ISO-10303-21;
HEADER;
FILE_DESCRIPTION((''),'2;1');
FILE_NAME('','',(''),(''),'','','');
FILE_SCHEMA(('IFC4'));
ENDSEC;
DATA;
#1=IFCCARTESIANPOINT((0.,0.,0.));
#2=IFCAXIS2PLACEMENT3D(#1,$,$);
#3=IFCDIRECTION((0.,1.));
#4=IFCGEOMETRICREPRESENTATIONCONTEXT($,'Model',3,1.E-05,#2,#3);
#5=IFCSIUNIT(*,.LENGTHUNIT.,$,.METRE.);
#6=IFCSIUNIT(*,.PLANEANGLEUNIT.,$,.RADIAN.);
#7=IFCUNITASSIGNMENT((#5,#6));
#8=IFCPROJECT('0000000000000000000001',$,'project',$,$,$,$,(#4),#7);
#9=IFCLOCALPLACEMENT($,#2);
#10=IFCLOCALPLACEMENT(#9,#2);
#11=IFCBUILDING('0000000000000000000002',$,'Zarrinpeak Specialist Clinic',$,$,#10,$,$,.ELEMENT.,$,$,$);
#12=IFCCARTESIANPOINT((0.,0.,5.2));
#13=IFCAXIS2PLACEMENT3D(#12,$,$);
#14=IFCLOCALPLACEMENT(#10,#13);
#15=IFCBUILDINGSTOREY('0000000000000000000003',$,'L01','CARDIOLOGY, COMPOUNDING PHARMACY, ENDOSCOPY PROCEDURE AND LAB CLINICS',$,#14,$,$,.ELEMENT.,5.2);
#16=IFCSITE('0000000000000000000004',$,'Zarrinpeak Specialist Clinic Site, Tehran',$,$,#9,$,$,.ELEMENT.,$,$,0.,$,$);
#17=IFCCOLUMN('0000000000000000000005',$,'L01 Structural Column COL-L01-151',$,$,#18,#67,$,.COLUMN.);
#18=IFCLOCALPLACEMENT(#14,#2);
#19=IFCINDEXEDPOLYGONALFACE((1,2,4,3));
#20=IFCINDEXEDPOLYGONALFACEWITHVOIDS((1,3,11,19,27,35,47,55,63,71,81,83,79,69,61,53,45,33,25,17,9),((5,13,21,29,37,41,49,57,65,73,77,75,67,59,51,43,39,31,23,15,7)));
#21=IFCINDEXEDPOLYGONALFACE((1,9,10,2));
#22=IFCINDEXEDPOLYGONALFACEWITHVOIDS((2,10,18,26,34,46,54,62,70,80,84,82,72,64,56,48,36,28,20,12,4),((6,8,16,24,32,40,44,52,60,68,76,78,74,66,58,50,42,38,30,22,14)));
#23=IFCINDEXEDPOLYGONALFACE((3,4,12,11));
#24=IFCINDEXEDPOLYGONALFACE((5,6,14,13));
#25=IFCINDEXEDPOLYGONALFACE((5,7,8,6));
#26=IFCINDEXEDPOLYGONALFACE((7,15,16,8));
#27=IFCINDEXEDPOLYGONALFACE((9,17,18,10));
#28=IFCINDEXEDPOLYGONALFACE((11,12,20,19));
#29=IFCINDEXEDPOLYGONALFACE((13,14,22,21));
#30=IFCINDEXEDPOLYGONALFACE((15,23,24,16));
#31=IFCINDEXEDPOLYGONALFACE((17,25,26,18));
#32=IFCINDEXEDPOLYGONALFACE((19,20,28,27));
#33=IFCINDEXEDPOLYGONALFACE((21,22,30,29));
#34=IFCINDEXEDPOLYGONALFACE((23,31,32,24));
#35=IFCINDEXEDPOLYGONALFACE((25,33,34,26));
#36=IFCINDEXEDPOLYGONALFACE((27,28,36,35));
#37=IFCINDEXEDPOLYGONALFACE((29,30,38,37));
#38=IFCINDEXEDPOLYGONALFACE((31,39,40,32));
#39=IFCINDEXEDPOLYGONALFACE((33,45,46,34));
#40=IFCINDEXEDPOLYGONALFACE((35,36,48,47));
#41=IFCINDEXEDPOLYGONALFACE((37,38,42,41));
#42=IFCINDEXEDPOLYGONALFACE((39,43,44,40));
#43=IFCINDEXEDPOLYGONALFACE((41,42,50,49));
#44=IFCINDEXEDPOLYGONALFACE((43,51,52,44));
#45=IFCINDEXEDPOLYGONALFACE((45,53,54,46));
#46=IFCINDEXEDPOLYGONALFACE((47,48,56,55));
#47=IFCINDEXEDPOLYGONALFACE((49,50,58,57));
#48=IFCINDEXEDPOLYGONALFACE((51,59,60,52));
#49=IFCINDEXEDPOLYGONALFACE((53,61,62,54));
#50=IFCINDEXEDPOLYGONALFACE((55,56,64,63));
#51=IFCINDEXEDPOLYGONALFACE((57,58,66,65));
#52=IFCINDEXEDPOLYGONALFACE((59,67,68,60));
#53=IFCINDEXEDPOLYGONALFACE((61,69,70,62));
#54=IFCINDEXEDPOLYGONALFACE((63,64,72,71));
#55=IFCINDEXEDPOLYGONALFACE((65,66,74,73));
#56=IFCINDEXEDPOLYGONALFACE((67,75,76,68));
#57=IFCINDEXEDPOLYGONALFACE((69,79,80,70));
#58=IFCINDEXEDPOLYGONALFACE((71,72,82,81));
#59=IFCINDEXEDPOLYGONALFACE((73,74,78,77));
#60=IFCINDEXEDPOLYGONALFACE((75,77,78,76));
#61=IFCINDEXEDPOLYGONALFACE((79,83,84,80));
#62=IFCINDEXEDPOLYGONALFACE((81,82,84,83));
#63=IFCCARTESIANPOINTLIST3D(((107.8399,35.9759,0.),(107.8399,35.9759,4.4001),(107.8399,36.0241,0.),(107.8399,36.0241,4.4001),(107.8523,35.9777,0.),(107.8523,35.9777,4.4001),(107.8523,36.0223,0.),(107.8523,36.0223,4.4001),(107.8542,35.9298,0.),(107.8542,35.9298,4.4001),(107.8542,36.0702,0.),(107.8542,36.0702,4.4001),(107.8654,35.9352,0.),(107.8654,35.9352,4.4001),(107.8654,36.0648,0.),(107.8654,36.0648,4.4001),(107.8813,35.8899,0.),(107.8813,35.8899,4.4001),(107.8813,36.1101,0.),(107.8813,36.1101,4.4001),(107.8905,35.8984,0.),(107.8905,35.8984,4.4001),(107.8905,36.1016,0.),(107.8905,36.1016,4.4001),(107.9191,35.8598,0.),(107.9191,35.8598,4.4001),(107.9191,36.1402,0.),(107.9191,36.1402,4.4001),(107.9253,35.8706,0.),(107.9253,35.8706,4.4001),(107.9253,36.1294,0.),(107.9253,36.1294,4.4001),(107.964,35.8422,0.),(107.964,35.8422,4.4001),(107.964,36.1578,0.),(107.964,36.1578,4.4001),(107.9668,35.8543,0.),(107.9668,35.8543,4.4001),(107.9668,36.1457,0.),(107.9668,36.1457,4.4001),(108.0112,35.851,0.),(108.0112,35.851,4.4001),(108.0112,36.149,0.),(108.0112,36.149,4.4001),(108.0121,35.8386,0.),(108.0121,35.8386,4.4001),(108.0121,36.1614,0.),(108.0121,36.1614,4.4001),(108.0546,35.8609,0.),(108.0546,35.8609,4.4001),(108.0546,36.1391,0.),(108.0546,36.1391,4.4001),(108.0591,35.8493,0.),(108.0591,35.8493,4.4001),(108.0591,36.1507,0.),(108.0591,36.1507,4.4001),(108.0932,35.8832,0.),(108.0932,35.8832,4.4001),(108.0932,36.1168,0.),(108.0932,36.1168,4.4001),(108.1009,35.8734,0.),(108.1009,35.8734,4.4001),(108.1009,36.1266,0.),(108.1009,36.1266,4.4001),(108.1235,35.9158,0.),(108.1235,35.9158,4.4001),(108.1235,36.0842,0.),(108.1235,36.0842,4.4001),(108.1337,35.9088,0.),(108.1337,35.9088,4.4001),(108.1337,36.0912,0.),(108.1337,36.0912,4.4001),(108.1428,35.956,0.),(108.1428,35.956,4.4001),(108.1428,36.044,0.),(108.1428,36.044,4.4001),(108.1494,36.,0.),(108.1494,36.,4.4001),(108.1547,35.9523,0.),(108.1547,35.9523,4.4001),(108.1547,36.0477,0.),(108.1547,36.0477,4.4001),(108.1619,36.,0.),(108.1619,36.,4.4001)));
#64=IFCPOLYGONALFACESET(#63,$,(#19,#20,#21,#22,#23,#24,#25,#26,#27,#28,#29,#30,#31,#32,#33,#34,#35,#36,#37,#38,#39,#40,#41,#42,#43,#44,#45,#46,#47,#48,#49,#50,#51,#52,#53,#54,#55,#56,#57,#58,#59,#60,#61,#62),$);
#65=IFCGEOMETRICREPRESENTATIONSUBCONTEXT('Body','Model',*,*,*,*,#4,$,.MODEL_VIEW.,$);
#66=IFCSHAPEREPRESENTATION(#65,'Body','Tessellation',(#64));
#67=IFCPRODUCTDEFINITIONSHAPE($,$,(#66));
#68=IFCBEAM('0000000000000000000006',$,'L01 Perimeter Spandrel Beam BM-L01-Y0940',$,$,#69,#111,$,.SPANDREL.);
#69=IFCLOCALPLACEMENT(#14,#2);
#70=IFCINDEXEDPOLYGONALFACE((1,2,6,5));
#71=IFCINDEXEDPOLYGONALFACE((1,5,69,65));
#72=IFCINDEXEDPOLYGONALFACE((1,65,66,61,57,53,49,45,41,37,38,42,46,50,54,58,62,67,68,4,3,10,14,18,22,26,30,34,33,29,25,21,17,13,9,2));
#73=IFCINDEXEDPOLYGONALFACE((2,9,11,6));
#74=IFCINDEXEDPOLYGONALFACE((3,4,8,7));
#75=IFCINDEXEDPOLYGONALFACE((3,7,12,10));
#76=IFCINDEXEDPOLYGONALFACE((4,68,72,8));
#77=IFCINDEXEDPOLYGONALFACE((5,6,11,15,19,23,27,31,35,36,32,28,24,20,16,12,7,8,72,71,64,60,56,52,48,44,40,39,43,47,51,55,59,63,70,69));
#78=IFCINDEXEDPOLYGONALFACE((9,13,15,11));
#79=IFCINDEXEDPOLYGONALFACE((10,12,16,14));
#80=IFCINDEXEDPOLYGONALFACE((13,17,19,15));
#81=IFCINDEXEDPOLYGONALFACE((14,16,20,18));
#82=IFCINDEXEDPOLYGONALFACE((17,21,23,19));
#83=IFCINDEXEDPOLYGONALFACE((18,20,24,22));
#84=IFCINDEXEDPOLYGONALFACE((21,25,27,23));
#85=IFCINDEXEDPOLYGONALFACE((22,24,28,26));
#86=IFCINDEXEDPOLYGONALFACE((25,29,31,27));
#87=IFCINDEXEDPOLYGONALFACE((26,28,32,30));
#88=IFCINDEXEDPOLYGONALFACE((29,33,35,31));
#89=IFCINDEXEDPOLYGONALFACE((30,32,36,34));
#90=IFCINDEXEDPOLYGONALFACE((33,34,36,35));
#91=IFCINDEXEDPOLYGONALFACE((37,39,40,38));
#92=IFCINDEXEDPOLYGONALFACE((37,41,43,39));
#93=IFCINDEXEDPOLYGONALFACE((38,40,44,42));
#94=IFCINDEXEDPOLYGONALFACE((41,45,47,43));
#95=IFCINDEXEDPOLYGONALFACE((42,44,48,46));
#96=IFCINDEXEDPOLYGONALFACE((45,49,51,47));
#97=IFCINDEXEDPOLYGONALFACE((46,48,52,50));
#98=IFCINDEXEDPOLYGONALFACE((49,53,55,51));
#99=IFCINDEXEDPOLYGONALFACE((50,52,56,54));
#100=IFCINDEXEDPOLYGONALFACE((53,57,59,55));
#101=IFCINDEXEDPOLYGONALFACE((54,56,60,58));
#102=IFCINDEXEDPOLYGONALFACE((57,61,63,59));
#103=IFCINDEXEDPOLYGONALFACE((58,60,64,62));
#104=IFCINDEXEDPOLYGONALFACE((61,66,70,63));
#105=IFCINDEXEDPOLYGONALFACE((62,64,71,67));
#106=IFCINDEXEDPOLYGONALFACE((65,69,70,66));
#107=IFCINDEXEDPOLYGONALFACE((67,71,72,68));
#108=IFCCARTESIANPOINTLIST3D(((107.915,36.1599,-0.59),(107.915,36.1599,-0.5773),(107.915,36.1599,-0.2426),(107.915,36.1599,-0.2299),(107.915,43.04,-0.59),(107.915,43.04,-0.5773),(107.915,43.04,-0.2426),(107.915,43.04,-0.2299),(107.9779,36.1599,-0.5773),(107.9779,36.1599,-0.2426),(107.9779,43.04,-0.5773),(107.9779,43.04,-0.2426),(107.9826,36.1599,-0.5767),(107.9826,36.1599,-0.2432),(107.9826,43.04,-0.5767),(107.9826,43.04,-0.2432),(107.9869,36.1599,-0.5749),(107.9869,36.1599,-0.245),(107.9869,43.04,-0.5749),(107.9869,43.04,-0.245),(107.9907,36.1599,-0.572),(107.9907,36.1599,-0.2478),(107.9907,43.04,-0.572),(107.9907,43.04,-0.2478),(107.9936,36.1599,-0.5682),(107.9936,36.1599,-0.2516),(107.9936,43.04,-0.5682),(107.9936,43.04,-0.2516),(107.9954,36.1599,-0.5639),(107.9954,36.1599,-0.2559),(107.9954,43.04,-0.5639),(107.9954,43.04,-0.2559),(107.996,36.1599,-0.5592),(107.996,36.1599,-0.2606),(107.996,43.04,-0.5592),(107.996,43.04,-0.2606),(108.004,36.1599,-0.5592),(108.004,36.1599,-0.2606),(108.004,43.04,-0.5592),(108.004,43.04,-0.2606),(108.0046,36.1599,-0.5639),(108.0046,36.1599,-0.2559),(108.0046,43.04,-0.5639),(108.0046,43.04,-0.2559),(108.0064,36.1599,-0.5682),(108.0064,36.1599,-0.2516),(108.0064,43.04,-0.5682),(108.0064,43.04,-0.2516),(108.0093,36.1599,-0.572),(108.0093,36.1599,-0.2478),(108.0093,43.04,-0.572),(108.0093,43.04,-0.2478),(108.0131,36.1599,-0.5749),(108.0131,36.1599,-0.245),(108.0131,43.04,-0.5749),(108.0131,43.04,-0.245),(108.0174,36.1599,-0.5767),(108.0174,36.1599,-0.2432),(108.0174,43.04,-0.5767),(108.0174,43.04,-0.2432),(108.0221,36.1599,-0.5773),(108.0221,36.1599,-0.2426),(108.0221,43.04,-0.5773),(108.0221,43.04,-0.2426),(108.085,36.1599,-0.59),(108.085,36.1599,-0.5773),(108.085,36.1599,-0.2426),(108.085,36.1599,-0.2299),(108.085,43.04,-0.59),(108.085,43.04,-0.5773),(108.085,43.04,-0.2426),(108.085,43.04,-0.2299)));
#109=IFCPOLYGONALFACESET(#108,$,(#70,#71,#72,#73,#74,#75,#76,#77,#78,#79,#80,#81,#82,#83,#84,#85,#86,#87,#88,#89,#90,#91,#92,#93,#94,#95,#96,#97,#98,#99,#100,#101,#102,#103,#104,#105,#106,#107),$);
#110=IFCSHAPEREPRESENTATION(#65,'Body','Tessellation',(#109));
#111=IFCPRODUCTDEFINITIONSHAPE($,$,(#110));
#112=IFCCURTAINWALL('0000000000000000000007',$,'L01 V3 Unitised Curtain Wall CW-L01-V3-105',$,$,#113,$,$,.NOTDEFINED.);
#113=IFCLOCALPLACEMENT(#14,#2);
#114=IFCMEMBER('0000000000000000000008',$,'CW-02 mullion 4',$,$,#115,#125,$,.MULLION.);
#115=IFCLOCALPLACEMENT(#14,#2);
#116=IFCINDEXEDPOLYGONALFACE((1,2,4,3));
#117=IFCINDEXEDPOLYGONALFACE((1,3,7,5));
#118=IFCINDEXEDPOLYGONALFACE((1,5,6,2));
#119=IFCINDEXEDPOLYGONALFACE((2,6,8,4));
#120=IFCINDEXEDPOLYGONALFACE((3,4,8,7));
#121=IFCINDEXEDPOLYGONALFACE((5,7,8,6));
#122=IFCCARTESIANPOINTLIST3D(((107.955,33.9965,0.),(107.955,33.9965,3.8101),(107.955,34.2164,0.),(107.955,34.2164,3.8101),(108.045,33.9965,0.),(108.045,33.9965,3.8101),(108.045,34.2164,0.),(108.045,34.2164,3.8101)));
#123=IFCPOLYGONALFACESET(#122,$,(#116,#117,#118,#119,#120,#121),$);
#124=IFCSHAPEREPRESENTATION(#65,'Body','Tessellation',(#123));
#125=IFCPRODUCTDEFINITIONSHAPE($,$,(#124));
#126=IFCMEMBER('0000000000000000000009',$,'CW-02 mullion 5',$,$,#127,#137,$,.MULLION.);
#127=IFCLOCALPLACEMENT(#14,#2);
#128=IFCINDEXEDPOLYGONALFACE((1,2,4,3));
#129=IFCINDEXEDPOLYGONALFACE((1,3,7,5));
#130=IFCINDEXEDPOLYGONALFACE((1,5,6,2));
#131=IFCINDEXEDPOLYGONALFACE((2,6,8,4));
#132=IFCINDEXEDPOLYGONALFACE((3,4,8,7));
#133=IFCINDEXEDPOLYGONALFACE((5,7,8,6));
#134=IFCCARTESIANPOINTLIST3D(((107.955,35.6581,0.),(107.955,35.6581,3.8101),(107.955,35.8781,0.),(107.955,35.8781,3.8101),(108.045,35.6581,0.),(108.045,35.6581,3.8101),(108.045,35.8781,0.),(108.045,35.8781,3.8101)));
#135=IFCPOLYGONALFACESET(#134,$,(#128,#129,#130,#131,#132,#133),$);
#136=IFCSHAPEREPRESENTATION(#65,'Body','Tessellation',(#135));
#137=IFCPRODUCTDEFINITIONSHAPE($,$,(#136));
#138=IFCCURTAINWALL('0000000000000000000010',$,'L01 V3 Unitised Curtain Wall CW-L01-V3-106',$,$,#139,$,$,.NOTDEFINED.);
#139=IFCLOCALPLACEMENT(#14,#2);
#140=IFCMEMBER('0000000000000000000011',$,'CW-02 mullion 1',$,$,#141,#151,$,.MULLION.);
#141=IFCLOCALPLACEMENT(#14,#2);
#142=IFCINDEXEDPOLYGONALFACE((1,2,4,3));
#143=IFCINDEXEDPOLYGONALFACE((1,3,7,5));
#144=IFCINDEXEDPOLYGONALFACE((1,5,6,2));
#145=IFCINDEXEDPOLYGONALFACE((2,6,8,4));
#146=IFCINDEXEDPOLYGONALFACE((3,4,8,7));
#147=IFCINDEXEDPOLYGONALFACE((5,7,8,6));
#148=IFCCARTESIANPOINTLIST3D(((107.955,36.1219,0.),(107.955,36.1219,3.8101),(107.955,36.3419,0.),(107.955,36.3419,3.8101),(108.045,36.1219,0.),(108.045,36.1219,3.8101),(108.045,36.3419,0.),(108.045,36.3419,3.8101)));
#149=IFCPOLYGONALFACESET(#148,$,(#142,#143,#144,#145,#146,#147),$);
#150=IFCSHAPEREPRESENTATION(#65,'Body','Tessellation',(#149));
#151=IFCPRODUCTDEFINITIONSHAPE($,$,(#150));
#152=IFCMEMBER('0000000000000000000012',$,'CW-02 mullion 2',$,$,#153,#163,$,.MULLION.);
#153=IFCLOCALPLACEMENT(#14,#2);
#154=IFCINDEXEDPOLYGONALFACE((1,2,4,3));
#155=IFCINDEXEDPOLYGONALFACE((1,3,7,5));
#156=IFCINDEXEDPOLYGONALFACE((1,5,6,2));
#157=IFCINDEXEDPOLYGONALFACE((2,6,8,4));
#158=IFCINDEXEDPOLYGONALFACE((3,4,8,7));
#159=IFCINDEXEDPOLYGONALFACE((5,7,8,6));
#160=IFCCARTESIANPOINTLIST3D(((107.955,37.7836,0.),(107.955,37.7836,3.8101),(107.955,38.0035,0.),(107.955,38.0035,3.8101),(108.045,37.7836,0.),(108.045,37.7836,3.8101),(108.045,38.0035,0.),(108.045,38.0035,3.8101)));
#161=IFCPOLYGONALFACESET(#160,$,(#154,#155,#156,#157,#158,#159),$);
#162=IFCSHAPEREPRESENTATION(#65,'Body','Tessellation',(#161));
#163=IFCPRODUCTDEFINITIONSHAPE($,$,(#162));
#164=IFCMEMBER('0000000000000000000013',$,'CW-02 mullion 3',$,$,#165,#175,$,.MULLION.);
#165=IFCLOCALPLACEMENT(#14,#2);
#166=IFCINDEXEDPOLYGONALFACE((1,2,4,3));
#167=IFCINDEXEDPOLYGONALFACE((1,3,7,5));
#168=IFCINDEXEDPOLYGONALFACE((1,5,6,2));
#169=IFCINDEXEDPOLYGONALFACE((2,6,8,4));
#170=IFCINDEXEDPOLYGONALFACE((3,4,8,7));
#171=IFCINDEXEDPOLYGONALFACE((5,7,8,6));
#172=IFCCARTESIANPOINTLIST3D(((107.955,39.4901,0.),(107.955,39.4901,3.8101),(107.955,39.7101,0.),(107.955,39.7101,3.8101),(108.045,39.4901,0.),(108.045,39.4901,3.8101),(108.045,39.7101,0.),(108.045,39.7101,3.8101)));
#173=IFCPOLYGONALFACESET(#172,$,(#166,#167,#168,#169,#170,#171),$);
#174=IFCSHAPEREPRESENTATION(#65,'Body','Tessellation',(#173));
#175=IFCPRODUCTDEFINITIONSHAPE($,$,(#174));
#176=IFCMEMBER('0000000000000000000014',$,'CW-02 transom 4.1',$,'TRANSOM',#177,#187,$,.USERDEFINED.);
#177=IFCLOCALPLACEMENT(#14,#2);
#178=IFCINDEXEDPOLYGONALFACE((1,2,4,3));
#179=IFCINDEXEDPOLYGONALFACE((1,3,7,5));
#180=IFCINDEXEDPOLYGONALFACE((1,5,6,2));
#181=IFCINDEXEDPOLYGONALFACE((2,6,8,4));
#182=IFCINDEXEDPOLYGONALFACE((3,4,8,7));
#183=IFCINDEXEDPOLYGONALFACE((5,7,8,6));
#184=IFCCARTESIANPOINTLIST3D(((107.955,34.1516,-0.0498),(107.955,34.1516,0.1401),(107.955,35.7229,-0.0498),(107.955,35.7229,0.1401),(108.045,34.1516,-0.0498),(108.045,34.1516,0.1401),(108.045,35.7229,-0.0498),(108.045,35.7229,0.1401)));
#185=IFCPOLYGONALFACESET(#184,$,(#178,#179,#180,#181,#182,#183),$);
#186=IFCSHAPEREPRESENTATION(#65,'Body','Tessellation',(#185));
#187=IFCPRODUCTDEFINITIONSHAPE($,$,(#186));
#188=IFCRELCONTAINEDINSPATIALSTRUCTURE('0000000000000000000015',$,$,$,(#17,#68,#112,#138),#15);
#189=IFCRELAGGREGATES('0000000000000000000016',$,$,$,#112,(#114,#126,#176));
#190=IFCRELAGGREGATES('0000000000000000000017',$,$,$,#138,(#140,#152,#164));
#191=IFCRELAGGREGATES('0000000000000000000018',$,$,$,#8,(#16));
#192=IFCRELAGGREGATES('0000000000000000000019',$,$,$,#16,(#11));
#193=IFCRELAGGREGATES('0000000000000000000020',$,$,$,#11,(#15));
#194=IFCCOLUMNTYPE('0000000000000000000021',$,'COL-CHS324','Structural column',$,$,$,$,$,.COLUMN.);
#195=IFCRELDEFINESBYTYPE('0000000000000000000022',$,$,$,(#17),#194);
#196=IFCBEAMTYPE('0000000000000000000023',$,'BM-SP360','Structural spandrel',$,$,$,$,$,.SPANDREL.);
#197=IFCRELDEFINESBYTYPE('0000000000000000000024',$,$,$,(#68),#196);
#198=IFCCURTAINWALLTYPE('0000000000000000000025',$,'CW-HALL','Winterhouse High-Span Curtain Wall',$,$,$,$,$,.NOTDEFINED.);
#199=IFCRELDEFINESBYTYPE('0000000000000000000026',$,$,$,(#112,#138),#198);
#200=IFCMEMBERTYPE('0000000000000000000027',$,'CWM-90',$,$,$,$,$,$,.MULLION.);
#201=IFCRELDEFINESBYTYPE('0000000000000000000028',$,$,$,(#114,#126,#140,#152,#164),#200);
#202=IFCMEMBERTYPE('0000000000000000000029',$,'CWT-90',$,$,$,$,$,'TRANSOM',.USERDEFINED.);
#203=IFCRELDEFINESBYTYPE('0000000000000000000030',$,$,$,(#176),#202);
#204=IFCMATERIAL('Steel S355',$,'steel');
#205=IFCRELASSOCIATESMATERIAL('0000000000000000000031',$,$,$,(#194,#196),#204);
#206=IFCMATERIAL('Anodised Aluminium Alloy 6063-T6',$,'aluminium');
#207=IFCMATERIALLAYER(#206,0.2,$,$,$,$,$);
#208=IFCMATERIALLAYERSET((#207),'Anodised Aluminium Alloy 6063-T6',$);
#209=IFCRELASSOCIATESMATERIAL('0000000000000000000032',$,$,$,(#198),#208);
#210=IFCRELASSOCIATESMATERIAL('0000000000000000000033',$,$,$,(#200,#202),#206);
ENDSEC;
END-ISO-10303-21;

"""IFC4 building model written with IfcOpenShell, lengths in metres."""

from ifc_helpers import new_model, si_unit, direction, frame, origin, origin_2d, place, context, subcontext, project, spatial, rectangle, hollow_circle, i_section, extrude, material, layer, layer_set, material_profile, profile_set, type_object, element, aggregate, save


model = new_model("IFC4")

# Units and contexts
model_context = context("Model", 3, precision=1e-05, world=origin(), true_north=direction((0.0, 1.0)))
body_context = subcontext(model_context, "Body", "Model", "MODEL_VIEW")
ifc_project = project(units=[si_unit("LENGTHUNIT", "METRE"), si_unit("PLANEANGLEUNIT", "RADIAN")], contexts=[model_context])

# Site, building, storey
site_placement = place(None, origin())
site = spatial("IfcSite", under=ifc_project, at=site_placement, Name="Zarrinpeak Specialist Clinic Site, Tehran", CompositionType="ELEMENT", RefElevation=0.0)
building_placement = place(site_placement, origin())
building = spatial("IfcBuilding", under=site, at=building_placement, Name="Zarrinpeak Specialist Clinic", CompositionType="ELEMENT")
storey_placement = place(building_placement, frame((0.0, 0.0, 5.2)))
storey = spatial("IfcBuildingStorey", under=building, at=storey_placement, Name="L01", Description="CARDIOLOGY, COMPOUNDING PHARMACY, ENDOSCOPY PROCEDURE AND LAB CLINICS", CompositionType="ELEMENT", Elevation=5.2)

# Column
ifc_material_1 = material(Name="Steel S355", Category="steel")
ifc_material_profile_1 = material_profile(ifc_material_1, hollow_circle(Radius=0.1619, WallThickness=0.0125, at=origin_2d()), Name="CHS 323.9x12.5")
ifc_profile_set_1 = profile_set([ifc_material_profile_1], Name="Steel S355")
column_type = type_object("IfcColumnType", Name="COL-CHS324", Description="Structural column", PredefinedType="COLUMN", material=ifc_profile_set_1)
column_placement = place(storey_placement, frame((108.0, 36.0, 0.0), z_axis=(0.0, 0.0, 1.0), x_axis=(1.0, 0.0, 0.0)))
element("IfcColumn", 1, at=column_placement, inside=storey, type_object=column_type, Name="L01 Structural Column COL-L01-151", PredefinedType="COLUMN", context=body_context, shape_type="SweptSolid", body=[
    extrude(hollow_circle(Radius=0.1619, WallThickness=0.0125, at=origin_2d()), origin(), (0.0, 0.0, 1.0), 4.4001),
])

# Beam
ifc_material_profile_2 = material_profile(ifc_material_1, i_section(OverallWidth=0.1699, OverallDepth=0.3601, WebThickness=0.0081, FlangeThickness=0.0127, FilletRadius=0.0181, at=origin_2d()), Name="IPE 360")
ifc_profile_set_2 = profile_set([ifc_material_profile_2], Name="Steel S355")
beam_type = type_object("IfcBeamType", Name="BM-SP360", Description="Structural spandrel", PredefinedType="SPANDREL", material=ifc_profile_set_2)
beam_placement = place(storey_placement, frame((108.0, 36.1599, -0.4099), z_axis=(0.0, 1.0, 0.0), x_axis=(-1.0, 0.0, 0.0)))
element("IfcBeam", 2, at=beam_placement, inside=storey, type_object=beam_type, Name="L01 Perimeter Spandrel Beam BM-L01-Y0940", PredefinedType="SPANDREL", context=body_context, shape_type="SweptSolid", body=[
    extrude(i_section(OverallWidth=0.1699, OverallDepth=0.3601, WebThickness=0.0081, FlangeThickness=0.0127, FilletRadius=0.0181, at=origin_2d()), origin(), (0.0, 0.0, 1.0), 6.8801),
])

# Curtain walls, members
ifc_material_2 = material(Name="Anodised Aluminium Alloy 6063-T6", Category="aluminium")
ifc_layer_1 = layer(ifc_material_2, 0.2)
ifc_layer_set_1 = layer_set([ifc_layer_1], Name="Anodised Aluminium Alloy 6063-T6")
curtain_wall_type = type_object("IfcCurtainWallType", Name="CW-HALL", Description="Winterhouse High-Span Curtain Wall", PredefinedType="NOTDEFINED", material=ifc_layer_set_1)
curtain_wall_1_placement = place(storey_placement, origin())
curtain_wall_1 = element("IfcCurtainWall", 3, at=curtain_wall_1_placement, inside=storey, type_object=curtain_wall_type, Name="L01 V3 Unitised Curtain Wall CW-L01-V3-105", PredefinedType="NOTDEFINED")
ifc_material_profile_3 = material_profile(ifc_material_2, rectangle(XDim=0.0901, YDim=0.22, at=origin_2d()), Name="ALU 90x220")
ifc_profile_set_3 = profile_set([ifc_material_profile_3], Name="Anodised Aluminium Alloy 6063-T6")
member_type_1 = type_object("IfcMemberType", Name="CWM-90", PredefinedType="MULLION", material=ifc_profile_set_3)
member_1_placement = place(storey_placement, frame((108.0, 34.1064, 0.0), z_axis=(0.0, 0.0, 1.0), x_axis=(-1.0, 0.0, 0.0)))
member_1 = element("IfcMember", 4, at=member_1_placement, type_object=member_type_1, Name="CW-02 mullion 4", PredefinedType="MULLION", context=body_context, shape_type="SweptSolid", body=[
    extrude(rectangle(XDim=0.0901, YDim=0.22, at=origin_2d()), origin(), (0.0, 0.0, 1.0), 3.8101),
])
member_2_placement = place(storey_placement, frame((108.0, 35.7681, 0.0), z_axis=(0.0, 0.0, 1.0), x_axis=(-1.0, 0.0, 0.0)))
member_2 = element("IfcMember", 5, at=member_2_placement, type_object=member_type_1, Name="CW-02 mullion 5", PredefinedType="MULLION", context=body_context, shape_type="SweptSolid", body=[
    extrude(rectangle(XDim=0.0901, YDim=0.22, at=origin_2d()), origin(), (0.0, 0.0, 1.0), 3.8101),
])
curtain_wall_2_placement = place(storey_placement, origin())
curtain_wall_2 = element("IfcCurtainWall", 6, at=curtain_wall_2_placement, inside=storey, type_object=curtain_wall_type, Name="L01 V3 Unitised Curtain Wall CW-L01-V3-106", PredefinedType="NOTDEFINED")
member_3_placement = place(storey_placement, frame((108.0, 36.2319, 0.0), z_axis=(0.0, 0.0, 1.0), x_axis=(-1.0, 0.0, 0.0)))
member_3 = element("IfcMember", 7, at=member_3_placement, type_object=member_type_1, Name="CW-02 mullion 1", PredefinedType="MULLION", context=body_context, shape_type="SweptSolid", body=[
    extrude(rectangle(XDim=0.0901, YDim=0.22, at=origin_2d()), origin(), (0.0, 0.0, 1.0), 3.8101),
])
member_4_placement = place(storey_placement, frame((108.0, 37.8936, 0.0), z_axis=(0.0, 0.0, 1.0), x_axis=(-1.0, 0.0, 0.0)))
member_4 = element("IfcMember", 8, at=member_4_placement, type_object=member_type_1, Name="CW-02 mullion 2", PredefinedType="MULLION", context=body_context, shape_type="SweptSolid", body=[
    extrude(rectangle(XDim=0.0901, YDim=0.22, at=origin_2d()), origin(), (0.0, 0.0, 1.0), 3.8101),
])
member_5_placement = place(storey_placement, frame((108.0, 39.6001, 0.0), z_axis=(0.0, 0.0, 1.0), x_axis=(-1.0, 0.0, 0.0)))
member_5 = element("IfcMember", 9, at=member_5_placement, type_object=member_type_1, Name="CW-02 mullion 3", PredefinedType="MULLION", context=body_context, shape_type="SweptSolid", body=[
    extrude(rectangle(XDim=0.0901, YDim=0.22, at=origin_2d()), origin(), (0.0, 0.0, 1.0), 3.8101),
])

# Member
ifc_material_profile_4 = material_profile(ifc_material_2, rectangle(XDim=0.0901, YDim=0.1899, at=origin_2d()), Name="ALU 90x190")
ifc_profile_set_4 = profile_set([ifc_material_profile_4], Name="Anodised Aluminium Alloy 6063-T6")
member_type_2 = type_object("IfcMemberType", Name="CWT-90", ElementType="TRANSOM", PredefinedType="USERDEFINED", material=ifc_profile_set_4)
member_6_placement = place(storey_placement, frame((108.0, 34.1516, 0.0452), z_axis=(0.0, 1.0, 0.0), x_axis=(-1.0, 0.0, 0.0)))
member_6 = element("IfcMember", 10, at=member_6_placement, type_object=member_type_2, Name="CW-02 transom 4.1", ObjectType="TRANSOM", PredefinedType="USERDEFINED", context=body_context, shape_type="SweptSolid", body=[
    extrude(rectangle(XDim=0.0901, YDim=0.1899, at=origin_2d()), origin(), (0.0, 0.0, 1.0), 1.5713),
])

aggregate(curtain_wall_1, [member_1, member_2, member_6])
aggregate(curtain_wall_2, [member_3, member_4, member_5])

save(model, "model.ifc")
